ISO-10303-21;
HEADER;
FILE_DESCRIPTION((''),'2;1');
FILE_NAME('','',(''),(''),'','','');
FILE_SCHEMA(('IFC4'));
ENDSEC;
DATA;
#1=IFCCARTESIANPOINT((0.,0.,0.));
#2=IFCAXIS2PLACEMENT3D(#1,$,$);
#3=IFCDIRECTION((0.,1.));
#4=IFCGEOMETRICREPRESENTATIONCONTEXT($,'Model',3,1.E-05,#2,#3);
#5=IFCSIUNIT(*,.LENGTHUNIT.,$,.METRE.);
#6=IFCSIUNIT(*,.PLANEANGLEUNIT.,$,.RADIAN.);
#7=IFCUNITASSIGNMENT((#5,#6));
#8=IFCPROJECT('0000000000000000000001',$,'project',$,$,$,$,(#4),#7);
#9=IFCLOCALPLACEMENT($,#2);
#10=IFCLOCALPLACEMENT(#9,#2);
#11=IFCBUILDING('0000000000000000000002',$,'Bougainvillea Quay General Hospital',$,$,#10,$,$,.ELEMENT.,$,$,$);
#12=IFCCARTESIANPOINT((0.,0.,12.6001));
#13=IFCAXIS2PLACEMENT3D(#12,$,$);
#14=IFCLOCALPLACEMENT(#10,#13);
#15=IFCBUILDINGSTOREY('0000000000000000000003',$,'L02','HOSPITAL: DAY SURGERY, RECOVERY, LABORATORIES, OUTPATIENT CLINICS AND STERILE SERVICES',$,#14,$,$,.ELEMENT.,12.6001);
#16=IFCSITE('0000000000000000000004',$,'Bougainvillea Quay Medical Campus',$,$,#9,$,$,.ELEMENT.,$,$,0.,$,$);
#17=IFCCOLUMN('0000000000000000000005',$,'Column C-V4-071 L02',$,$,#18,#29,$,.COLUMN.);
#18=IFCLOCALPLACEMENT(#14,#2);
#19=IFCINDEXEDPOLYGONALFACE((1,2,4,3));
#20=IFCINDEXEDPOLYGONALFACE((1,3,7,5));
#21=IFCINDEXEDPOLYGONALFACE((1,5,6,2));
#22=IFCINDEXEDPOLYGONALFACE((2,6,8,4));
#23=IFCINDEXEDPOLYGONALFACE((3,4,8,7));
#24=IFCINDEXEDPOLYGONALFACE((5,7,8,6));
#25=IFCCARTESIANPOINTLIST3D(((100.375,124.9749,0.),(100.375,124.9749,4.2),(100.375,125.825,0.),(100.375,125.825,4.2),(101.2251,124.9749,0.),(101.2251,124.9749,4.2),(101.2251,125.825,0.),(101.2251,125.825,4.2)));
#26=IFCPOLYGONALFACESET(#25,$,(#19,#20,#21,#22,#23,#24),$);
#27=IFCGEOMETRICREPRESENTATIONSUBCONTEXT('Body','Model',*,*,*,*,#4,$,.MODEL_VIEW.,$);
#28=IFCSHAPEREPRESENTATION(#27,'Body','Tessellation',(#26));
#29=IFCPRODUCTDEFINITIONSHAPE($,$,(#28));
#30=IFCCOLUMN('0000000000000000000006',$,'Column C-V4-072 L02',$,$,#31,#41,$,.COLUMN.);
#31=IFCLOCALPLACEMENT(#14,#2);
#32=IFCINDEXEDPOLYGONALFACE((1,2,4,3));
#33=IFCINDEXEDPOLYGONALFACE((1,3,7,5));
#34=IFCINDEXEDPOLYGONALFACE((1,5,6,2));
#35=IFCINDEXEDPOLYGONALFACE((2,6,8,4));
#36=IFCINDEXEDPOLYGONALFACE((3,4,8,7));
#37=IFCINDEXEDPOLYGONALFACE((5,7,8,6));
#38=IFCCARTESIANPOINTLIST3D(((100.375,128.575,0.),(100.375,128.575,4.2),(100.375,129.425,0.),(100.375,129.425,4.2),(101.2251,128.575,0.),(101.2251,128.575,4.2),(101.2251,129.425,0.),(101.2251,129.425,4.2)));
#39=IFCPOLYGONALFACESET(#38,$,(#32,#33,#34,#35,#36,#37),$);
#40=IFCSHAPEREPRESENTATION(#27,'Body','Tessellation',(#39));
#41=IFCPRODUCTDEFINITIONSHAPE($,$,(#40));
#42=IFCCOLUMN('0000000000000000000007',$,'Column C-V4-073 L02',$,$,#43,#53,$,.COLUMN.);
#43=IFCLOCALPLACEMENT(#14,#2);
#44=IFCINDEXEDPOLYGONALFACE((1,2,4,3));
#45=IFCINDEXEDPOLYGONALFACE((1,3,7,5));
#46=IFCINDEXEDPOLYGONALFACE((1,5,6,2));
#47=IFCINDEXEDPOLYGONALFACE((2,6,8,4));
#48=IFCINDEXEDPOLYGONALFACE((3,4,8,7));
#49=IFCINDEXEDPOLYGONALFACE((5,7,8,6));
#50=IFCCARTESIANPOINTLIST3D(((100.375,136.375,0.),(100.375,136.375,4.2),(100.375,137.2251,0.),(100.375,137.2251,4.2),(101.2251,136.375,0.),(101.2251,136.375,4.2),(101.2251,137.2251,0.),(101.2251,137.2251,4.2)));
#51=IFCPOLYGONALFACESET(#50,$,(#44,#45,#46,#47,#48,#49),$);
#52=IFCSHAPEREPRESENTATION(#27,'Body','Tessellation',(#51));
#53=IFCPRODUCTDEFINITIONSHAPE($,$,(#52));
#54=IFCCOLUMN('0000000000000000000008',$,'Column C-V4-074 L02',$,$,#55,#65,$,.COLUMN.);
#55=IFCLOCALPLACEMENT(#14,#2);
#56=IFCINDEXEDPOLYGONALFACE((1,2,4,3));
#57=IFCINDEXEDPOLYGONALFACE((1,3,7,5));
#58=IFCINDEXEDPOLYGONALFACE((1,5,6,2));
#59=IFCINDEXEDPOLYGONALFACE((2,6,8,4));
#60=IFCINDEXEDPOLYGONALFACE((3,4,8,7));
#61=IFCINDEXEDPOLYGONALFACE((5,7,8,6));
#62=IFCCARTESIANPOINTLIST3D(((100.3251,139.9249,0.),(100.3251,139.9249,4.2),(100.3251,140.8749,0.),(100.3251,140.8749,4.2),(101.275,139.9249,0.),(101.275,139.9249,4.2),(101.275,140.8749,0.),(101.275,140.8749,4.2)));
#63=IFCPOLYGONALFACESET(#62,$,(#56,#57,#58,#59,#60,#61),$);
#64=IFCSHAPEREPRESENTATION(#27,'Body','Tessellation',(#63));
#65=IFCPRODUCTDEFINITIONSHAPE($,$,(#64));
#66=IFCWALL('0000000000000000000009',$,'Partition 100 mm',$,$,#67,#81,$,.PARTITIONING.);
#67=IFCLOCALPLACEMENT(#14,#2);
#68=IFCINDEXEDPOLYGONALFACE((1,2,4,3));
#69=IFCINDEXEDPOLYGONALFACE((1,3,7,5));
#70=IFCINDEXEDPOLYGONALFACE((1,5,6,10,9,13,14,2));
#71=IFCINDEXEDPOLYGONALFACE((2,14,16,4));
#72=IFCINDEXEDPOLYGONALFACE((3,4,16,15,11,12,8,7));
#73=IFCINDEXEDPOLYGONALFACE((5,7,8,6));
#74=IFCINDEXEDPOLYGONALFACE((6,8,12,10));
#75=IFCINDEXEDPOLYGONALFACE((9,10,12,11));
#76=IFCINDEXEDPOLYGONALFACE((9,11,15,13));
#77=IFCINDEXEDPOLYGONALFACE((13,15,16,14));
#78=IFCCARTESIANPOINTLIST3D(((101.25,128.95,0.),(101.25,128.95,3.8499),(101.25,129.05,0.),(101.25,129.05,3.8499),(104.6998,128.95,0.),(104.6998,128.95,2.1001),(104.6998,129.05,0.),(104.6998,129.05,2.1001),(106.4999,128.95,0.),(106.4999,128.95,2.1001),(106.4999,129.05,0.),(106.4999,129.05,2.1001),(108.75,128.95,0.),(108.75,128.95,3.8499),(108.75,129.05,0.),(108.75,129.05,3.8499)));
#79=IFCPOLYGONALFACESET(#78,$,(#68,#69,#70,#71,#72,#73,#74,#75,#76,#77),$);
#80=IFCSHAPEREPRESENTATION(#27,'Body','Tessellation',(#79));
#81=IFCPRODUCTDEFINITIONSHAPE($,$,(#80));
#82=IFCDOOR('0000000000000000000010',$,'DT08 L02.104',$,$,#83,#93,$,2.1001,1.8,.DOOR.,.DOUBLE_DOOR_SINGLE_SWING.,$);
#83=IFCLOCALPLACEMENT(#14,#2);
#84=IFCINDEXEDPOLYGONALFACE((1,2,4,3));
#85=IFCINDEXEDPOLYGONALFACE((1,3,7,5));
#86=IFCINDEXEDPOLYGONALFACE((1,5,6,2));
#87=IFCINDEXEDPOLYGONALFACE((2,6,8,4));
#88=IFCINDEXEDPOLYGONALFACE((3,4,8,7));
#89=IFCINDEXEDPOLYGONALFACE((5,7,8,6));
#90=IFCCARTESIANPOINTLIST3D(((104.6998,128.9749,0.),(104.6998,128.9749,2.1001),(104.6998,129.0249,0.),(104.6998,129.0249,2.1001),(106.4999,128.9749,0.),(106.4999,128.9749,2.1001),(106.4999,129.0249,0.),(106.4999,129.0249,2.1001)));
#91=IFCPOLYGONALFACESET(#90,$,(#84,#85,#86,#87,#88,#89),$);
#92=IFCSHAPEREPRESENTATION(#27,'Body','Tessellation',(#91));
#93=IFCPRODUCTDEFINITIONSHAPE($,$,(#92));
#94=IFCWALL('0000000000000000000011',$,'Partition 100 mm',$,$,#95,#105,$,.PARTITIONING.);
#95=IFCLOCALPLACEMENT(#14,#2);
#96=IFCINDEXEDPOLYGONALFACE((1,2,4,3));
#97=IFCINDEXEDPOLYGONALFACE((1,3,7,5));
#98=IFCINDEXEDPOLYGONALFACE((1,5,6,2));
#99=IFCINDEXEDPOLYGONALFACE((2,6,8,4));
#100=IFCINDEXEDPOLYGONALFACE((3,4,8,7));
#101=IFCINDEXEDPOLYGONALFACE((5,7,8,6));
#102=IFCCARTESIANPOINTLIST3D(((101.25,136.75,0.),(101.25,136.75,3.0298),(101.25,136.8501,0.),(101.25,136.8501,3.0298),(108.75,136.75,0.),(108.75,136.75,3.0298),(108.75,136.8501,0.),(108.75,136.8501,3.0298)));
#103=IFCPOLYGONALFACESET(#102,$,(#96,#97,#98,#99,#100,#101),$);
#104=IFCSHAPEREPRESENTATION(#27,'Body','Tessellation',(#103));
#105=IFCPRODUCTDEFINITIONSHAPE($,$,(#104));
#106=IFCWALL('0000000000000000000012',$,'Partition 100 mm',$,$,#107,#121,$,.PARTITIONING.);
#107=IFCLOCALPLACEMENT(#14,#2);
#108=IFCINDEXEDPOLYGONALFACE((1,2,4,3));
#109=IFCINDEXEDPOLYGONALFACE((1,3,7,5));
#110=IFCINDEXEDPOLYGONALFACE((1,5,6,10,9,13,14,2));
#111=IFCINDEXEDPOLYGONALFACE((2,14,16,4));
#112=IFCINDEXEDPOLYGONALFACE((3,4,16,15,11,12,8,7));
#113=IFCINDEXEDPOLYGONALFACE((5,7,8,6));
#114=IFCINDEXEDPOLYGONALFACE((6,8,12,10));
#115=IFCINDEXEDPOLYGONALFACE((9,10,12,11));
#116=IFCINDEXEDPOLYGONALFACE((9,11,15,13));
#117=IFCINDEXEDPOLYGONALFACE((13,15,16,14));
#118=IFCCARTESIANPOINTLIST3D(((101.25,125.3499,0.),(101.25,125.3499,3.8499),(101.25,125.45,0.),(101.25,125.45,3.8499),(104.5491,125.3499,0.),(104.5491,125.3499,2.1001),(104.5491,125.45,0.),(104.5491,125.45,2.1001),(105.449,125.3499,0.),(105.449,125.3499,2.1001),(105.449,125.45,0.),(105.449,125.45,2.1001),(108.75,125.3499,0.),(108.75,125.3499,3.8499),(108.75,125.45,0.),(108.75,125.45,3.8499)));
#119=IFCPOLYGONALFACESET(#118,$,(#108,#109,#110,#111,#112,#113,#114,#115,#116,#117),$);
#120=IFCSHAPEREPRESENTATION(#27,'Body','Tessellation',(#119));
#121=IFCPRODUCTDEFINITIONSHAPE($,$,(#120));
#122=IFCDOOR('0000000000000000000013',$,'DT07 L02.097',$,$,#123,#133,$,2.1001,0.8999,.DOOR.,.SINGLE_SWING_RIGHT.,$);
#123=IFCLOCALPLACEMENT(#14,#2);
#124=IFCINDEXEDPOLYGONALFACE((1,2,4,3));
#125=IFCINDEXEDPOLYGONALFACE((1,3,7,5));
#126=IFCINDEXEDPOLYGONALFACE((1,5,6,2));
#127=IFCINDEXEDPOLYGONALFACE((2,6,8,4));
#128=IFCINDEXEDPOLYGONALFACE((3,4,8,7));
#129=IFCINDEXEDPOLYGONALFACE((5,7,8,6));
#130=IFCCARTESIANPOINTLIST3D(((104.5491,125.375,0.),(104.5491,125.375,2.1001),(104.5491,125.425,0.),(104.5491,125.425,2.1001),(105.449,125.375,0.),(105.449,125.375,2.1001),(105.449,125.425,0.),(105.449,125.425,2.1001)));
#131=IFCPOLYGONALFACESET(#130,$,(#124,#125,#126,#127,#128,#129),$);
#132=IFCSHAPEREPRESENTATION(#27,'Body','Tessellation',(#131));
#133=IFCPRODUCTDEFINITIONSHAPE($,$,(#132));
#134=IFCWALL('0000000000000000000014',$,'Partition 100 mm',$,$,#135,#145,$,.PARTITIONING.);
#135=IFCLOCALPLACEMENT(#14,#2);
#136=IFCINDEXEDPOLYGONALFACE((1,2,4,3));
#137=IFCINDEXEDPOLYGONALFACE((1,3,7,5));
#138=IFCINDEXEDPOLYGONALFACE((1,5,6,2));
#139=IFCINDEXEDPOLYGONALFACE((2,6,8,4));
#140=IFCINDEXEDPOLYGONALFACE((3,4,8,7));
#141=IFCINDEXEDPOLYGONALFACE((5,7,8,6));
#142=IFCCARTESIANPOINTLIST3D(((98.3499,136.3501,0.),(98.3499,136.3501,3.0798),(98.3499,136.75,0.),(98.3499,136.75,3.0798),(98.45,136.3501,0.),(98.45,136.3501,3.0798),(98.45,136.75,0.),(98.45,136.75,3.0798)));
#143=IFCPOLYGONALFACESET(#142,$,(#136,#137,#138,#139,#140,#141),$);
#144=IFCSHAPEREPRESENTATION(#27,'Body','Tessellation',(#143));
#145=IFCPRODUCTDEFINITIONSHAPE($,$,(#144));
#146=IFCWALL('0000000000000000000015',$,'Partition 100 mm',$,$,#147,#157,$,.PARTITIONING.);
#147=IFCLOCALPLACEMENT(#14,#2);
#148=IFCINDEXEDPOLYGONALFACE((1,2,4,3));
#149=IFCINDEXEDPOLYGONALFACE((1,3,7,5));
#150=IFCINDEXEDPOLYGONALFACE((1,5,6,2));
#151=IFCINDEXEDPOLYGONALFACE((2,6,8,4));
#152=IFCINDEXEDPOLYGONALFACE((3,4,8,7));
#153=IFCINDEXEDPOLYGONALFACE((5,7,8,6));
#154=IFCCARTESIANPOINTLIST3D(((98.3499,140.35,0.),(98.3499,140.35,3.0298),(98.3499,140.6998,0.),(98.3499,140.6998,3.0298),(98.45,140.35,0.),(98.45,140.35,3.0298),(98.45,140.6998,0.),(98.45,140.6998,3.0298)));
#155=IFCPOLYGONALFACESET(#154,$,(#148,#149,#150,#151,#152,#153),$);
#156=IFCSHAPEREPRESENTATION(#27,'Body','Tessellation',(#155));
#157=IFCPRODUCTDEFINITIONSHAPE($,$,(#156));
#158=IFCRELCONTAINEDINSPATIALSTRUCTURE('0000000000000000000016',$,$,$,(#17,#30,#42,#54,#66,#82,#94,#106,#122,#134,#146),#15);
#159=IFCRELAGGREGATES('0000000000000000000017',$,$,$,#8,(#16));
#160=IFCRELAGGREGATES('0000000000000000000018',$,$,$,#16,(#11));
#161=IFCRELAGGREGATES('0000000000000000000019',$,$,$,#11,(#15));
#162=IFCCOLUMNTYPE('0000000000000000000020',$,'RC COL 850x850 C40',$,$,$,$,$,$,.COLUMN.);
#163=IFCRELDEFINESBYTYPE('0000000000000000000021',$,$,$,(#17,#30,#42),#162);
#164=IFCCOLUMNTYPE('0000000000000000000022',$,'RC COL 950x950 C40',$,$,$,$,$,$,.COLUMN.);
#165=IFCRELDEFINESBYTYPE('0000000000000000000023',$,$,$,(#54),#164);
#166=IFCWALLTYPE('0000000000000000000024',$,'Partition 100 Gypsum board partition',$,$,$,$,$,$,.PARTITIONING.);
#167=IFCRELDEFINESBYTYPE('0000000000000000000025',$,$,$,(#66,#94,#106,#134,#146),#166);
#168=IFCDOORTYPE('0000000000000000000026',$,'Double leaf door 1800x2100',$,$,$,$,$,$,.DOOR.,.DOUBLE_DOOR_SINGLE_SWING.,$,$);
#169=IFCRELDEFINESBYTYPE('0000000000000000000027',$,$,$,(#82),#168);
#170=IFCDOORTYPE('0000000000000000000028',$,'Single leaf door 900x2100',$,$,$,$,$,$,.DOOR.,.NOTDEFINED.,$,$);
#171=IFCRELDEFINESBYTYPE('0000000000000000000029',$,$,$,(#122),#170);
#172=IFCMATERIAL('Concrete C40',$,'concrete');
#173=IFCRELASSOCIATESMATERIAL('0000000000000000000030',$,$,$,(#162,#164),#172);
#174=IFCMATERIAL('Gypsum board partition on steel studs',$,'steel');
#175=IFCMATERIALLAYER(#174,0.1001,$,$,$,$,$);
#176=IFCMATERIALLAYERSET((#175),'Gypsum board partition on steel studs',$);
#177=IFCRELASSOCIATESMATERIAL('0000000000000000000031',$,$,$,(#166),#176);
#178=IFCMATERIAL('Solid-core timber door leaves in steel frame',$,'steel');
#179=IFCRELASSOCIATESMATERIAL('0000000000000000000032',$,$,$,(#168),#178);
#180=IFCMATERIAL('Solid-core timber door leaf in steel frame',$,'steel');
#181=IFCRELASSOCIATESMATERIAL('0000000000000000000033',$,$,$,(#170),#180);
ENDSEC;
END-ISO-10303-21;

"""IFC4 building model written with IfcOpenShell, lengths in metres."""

from ifc_helpers import new_model, si_unit, direction, frame, frame_2d, origin, origin_2d, place, context, subcontext, project, spatial, rectangle, extrude, material, layer, layer_set, material_profile, profile_set, type_object, element, fill, save


model = new_model("IFC4")

# Units and contexts
model_context = context("Model", 3, precision=1e-05, world=origin(), true_north=direction((0.0, 1.0)))
body_context = subcontext(model_context, "Body", "Model", "MODEL_VIEW")
ifc_project = project(units=[si_unit("LENGTHUNIT", "METRE"), si_unit("PLANEANGLEUNIT", "RADIAN")], contexts=[model_context])

# Site, building, storey
site_placement = place(None, origin())
site = spatial("IfcSite", under=ifc_project, at=site_placement, Name="Bougainvillea Quay Medical Campus", CompositionType="ELEMENT", RefElevation=0.0)
building_placement = place(site_placement, origin())
building = spatial("IfcBuilding", under=site, at=building_placement, Name="Bougainvillea Quay General Hospital", CompositionType="ELEMENT")
storey_placement = place(building_placement, frame((0.0, 0.0, 12.6001)))
storey = spatial("IfcBuildingStorey", under=building, at=storey_placement, Name="L02", Description="HOSPITAL: DAY SURGERY, RECOVERY, LABORATORIES, OUTPATIENT CLINICS AND STERILE SERVICES", CompositionType="ELEMENT", Elevation=12.6001)

# Columns
ifc_material_1 = material(Name="Concrete C40", Category="concrete")
ifc_material_profile_1 = material_profile(ifc_material_1, rectangle(XDim=0.8501, YDim=0.8501, at=origin_2d()))
ifc_profile_set_1 = profile_set([ifc_material_profile_1], Name="Concrete C40")
column_type_1 = type_object("IfcColumnType", Name="RC COL 850x850 C40", PredefinedType="COLUMN", material=ifc_profile_set_1)
for number, where, z_axis, x_axis, name in (
    (1, (100.8, 125.3999, 0.0), (0.0, 0.0, 1.0), (1.0, 0.0, 0.0), "Column C-V4-071 L02"),
    (2, (100.8, 129.0, 0.0), (0.0, 0.0, 1.0), (1.0, 0.0, 0.0), "Column C-V4-072 L02"),
    (3, (100.8, 136.8, 0.0), (0.0, 0.0, 1.0), (1.0, 0.0, 0.0), "Column C-V4-073 L02"),
):
    element("IfcColumn", number, at=place(storey_placement, frame(where, z_axis=z_axis, x_axis=x_axis)), inside=storey, type_object=column_type_1, Name=name, PredefinedType="COLUMN", context=body_context, shape_type="SweptSolid", body=[
        extrude(rectangle(XDim=0.8501, YDim=0.8501, at=origin_2d()), origin(), (0.0, 0.0, 1.0), 4.2),
    ])
ifc_material_profile_2 = material_profile(ifc_material_1, rectangle(XDim=0.95, YDim=0.95, at=origin_2d()))
ifc_profile_set_2 = profile_set([ifc_material_profile_2], Name="Concrete C40")
column_type_2 = type_object("IfcColumnType", Name="RC COL 950x950 C40", PredefinedType="COLUMN", material=ifc_profile_set_2)
column_placement = place(storey_placement, frame((100.8, 140.3999, 0.0), z_axis=(0.0, 0.0, 1.0), x_axis=(1.0, 0.0, 0.0)))
element("IfcColumn", 4, at=column_placement, inside=storey, type_object=column_type_2, Name="Column C-V4-074 L02", PredefinedType="COLUMN", context=body_context, shape_type="SweptSolid", body=[
    extrude(rectangle(XDim=0.95, YDim=0.95, at=origin_2d()), origin(), (0.0, 0.0, 1.0), 4.2),
])

# Wall, opening, door
ifc_material_2 = material(Name="Gypsum board partition on steel studs", Category="steel")
ifc_layer_1 = layer(ifc_material_2, 0.1001)
ifc_layer_set_1 = layer_set([ifc_layer_1], Name="Gypsum board partition on steel studs")
wall_type_1 = type_object("IfcWallType", Name="Partition 100 Gypsum board partition", PredefinedType="PARTITIONING", material=ifc_layer_set_1)
wall_1_placement = place(storey_placement, frame((101.25, 129.0, 0.0), z_axis=(0.0, 0.0, 1.0), x_axis=(1.0, 0.0, 0.0)))
wall_1 = element("IfcWall", 5, at=wall_1_placement, inside=storey, type_object=wall_type_1, Name="Partition 100 mm", PredefinedType="PARTITIONING", context=body_context, shape_type="SweptSolid", body=[
    extrude(rectangle(XDim=7.5, YDim=0.1001, at=frame_2d((3.75, 0.0))), origin(), (0.0, 0.0, 1.0), 3.8499),
])
opening_1_placement = place(wall_1_placement, frame((3.45, 0.0, 0.0)))
opening_1 = element("IfcOpeningElement", 6, at=opening_1_placement, cuts=wall_1, PredefinedType="OPENING", context=body_context, shape_type="SweptSolid", body=[
    extrude(rectangle(XDim=1.8, YDim=2.1001, at=frame_2d((0.8999, 1.05))), frame((0.0, 0.0601, 0.0), z_axis=(0.0, -1.0, 0.0), x_axis=(1.0, 0.0, 0.0)), (0.0, 0.0, 1.0), 0.1201),
])
ifc_material_3 = material(Name="Solid-core timber door leaves in steel frame", Category="steel")
door_type_1 = type_object("IfcDoorType", Name="Double leaf door 1800x2100", OperationType="DOUBLE_DOOR_SINGLE_SWING", PredefinedType="DOOR", material=ifc_material_3)
door_1_placement = place(opening_1_placement, origin())
door_1 = element("IfcDoor", 7, at=door_1_placement, inside=storey, type_object=door_type_1, Name="DT08 L02.104", OperationType="DOUBLE_DOOR_SINGLE_SWING", OverallHeight=2.1001, OverallWidth=1.8, PredefinedType="DOOR", context=body_context, shape_type="SweptSolid", body=[
    extrude(rectangle(XDim=1.8, YDim=2.1001, at=frame_2d((0.8999, 1.05))), frame((0.0, 0.0249, 0.0), z_axis=(0.0, -1.0, 0.0), x_axis=(1.0, 0.0, 0.0)), (0.0, 0.0, 1.0), 0.05),
])
fill(opening_1, door_1)

# Wall
wall_2_placement = place(storey_placement, frame((101.25, 136.8, 0.0), z_axis=(0.0, 0.0, 1.0), x_axis=(1.0, 0.0, 0.0)))
element("IfcWall", 8, at=wall_2_placement, inside=storey, type_object=wall_type_1, Name="Partition 100 mm", PredefinedType="PARTITIONING", context=body_context, shape_type="SweptSolid", body=[
    extrude(rectangle(XDim=7.5, YDim=0.1001, at=frame_2d((3.75, 0.0))), origin(), (0.0, 0.0, 1.0), 3.0298),
])

# Wall, opening, door
wall_3_placement = place(storey_placement, frame((101.25, 125.3999, 0.0), z_axis=(0.0, 0.0, 1.0), x_axis=(1.0, 0.0, 0.0)))
wall_3 = element("IfcWall", 9, at=wall_3_placement, inside=storey, type_object=wall_type_1, Name="Partition 100 mm", PredefinedType="PARTITIONING", context=body_context, shape_type="SweptSolid", body=[
    extrude(rectangle(XDim=7.5, YDim=0.1001, at=frame_2d((3.75, 0.0))), origin(), (0.0, 0.0, 1.0), 3.8499),
])
opening_2_placement = place(wall_3_placement, frame((3.2991, 0.0, 0.0)))
opening_2 = element("IfcOpeningElement", 10, at=opening_2_placement, cuts=wall_3, PredefinedType="OPENING", context=body_context, shape_type="SweptSolid", body=[
    extrude(rectangle(XDim=0.8999, YDim=2.1001, at=frame_2d((0.45, 1.05))), frame((0.0, 0.0601, 0.0), z_axis=(0.0, -1.0, 0.0), x_axis=(1.0, 0.0, 0.0)), (0.0, 0.0, 1.0), 0.1201),
])
ifc_material_4 = material(Name="Solid-core timber door leaf in steel frame", Category="steel")
door_type_2 = type_object("IfcDoorType", Name="Single leaf door 900x2100", OperationType="NOTDEFINED", PredefinedType="DOOR", material=ifc_material_4)
door_2_placement = place(opening_2_placement, frame((0.8999, 0.0, 0.0), z_axis=(0.0, 0.0, 1.0), x_axis=(-1.0, 0.0, 0.0)))
door_2 = element("IfcDoor", 11, at=door_2_placement, inside=storey, type_object=door_type_2, Name="DT07 L02.097", OperationType="SINGLE_SWING_RIGHT", OverallHeight=2.1001, OverallWidth=0.8999, PredefinedType="DOOR", context=body_context, shape_type="SweptSolid", body=[
    extrude(rectangle(XDim=0.8999, YDim=2.1001, at=frame_2d((0.45, 1.05))), frame((0.0, 0.0249, 0.0), z_axis=(0.0, -1.0, 0.0), x_axis=(1.0, 0.0, 0.0)), (0.0, 0.0, 1.0), 0.05),
])
fill(opening_2, door_2)

# Walls
wall_4_placement = place(storey_placement, frame((98.3999, 136.3501, 0.0), z_axis=(0.0, 0.0, 1.0), x_axis=(0.0, 1.0, 0.0)))
element("IfcWall", 12, at=wall_4_placement, inside=storey, type_object=wall_type_1, Name="Partition 100 mm", PredefinedType="PARTITIONING", context=body_context, shape_type="SweptSolid", body=[
    extrude(rectangle(XDim=0.3999, YDim=0.1001, at=frame_2d((0.2, 0.0))), origin(), (0.0, 0.0, 1.0), 3.0798),
])
wall_5_placement = place(storey_placement, frame((98.3999, 140.3501, 0.0), z_axis=(0.0, 0.0, 1.0), x_axis=(0.0, 1.0, 0.0)))
element("IfcWall", 13, at=wall_5_placement, inside=storey, type_object=wall_type_1, Name="Partition 100 mm", PredefinedType="PARTITIONING", context=body_context, shape_type="SweptSolid", body=[
    extrude(rectangle(XDim=0.3499, YDim=0.1001, at=frame_2d((0.1748, 0.0))), origin(), (0.0, 0.0, 1.0), 3.0298),
])

save(model, "model.ifc")
